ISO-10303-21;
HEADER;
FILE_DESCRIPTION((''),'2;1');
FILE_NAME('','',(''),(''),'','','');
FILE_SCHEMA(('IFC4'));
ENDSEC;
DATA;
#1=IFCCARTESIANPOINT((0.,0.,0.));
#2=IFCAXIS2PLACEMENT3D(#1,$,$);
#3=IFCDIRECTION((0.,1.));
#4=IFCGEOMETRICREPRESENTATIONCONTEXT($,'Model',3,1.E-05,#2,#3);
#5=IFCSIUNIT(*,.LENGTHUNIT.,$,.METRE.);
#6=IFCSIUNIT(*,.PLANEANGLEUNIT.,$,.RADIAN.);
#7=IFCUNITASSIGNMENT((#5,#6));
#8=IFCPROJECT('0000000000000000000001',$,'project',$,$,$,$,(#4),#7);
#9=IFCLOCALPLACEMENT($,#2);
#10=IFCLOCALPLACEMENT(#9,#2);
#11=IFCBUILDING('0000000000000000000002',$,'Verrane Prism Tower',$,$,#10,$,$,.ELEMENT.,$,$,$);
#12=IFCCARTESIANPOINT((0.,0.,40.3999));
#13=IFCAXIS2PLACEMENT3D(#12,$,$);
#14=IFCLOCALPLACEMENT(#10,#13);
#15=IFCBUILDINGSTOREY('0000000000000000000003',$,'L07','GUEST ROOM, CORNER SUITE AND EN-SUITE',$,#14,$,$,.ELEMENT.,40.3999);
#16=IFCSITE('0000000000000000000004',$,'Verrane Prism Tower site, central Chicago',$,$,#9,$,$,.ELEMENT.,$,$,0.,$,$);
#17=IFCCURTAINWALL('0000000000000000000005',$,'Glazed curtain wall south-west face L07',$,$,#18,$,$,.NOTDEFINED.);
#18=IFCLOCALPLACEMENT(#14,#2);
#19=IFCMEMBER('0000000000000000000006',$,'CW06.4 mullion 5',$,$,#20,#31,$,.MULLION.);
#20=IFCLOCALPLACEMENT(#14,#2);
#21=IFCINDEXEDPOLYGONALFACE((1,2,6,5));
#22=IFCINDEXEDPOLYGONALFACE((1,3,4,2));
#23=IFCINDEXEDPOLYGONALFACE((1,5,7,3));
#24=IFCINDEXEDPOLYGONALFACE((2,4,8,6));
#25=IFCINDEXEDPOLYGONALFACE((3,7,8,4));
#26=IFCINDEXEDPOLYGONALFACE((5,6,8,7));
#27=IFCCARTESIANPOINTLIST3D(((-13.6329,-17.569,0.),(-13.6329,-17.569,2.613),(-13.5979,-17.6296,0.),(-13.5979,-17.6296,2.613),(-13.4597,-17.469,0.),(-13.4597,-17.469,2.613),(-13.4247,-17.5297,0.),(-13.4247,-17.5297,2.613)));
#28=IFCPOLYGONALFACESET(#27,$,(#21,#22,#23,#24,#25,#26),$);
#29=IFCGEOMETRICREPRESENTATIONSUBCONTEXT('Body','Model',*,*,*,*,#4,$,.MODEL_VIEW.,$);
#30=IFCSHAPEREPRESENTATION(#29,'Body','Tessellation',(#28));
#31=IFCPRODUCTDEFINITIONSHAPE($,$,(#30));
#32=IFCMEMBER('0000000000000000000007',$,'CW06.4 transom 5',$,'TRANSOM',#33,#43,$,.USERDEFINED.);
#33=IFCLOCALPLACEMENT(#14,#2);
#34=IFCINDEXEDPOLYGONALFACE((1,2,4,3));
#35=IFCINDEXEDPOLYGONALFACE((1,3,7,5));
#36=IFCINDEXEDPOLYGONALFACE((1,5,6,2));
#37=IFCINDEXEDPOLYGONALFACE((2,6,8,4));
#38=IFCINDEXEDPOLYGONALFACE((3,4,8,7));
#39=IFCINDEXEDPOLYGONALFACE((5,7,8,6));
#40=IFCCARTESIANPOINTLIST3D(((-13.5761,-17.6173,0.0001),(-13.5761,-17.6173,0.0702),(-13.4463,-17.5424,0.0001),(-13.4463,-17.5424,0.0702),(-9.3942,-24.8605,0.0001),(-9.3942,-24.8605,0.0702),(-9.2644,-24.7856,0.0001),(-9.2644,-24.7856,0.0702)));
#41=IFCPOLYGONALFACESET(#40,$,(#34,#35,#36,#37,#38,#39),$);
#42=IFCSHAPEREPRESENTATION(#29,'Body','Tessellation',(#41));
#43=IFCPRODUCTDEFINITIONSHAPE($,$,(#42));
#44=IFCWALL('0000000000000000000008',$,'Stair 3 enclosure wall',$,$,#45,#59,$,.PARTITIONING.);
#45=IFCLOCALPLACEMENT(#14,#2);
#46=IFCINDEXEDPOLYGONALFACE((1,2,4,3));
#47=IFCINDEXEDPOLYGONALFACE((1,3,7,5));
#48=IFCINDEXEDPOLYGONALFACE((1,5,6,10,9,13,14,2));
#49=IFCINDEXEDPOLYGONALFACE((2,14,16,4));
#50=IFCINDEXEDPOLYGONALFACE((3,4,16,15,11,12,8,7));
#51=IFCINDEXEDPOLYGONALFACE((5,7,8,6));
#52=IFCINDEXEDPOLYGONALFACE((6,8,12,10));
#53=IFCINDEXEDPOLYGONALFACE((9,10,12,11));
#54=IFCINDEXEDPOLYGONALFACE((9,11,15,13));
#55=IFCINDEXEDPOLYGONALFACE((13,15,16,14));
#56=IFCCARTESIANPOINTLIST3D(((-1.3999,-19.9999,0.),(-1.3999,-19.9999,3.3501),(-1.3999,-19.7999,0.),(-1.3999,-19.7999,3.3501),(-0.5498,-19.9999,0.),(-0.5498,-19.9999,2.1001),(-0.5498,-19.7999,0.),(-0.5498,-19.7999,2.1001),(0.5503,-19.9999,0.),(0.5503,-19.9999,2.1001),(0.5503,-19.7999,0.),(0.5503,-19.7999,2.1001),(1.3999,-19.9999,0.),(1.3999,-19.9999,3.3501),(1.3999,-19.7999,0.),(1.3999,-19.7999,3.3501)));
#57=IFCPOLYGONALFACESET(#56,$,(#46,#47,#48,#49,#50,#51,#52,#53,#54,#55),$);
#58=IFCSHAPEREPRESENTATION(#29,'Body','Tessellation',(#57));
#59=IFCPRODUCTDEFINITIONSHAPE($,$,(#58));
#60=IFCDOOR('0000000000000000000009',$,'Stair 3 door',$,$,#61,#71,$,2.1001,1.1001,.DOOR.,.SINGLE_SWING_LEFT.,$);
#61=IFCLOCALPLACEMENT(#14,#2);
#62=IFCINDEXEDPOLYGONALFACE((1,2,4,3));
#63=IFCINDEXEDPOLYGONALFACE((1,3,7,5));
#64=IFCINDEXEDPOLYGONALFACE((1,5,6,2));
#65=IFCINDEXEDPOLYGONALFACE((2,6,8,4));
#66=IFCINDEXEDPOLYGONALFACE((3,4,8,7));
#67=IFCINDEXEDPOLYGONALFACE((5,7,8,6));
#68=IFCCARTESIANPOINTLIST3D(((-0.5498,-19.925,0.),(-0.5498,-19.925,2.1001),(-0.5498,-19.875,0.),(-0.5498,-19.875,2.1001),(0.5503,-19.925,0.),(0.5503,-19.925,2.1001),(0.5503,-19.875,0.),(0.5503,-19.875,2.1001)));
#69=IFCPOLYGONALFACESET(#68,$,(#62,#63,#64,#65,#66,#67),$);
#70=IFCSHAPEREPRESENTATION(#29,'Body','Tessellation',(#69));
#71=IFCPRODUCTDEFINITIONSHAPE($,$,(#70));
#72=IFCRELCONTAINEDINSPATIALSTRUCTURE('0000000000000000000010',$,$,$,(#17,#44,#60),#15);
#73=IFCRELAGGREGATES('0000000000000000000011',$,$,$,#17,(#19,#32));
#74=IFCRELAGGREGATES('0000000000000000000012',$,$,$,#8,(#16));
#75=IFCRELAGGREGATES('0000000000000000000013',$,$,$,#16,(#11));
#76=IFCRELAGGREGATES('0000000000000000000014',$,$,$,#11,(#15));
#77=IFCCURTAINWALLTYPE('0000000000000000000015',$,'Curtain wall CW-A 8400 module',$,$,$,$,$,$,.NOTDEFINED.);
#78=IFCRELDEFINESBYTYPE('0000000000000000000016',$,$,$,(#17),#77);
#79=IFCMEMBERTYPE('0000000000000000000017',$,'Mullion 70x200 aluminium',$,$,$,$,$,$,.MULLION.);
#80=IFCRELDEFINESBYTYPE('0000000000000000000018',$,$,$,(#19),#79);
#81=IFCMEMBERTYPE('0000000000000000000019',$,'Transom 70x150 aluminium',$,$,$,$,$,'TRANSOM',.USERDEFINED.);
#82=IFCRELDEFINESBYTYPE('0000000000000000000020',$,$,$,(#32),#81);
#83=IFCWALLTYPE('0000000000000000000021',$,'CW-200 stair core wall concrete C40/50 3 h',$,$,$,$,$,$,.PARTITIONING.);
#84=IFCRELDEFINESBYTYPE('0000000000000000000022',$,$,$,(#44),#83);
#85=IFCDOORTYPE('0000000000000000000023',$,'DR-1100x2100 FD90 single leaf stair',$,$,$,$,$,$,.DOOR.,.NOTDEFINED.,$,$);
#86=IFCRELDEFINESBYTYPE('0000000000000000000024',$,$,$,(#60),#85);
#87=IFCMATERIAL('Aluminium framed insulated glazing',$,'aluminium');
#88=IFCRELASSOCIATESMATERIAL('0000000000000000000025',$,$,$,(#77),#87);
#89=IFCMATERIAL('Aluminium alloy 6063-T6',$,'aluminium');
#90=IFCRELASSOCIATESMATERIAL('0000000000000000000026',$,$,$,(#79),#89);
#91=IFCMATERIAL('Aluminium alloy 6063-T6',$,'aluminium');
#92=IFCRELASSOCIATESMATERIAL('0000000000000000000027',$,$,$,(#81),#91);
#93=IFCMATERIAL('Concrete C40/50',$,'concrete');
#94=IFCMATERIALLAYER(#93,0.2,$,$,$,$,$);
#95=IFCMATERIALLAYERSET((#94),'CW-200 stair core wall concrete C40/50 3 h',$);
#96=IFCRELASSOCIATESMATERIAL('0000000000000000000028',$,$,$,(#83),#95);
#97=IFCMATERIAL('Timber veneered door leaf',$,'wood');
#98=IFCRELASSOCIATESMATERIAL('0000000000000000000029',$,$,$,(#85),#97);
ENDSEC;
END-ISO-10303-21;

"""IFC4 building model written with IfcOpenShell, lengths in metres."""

from ifc_helpers import new_model, si_unit, direction, frame, frame_2d, origin, origin_2d, place, context, subcontext, project, spatial, rectangle, extrude, material, layer, layer_set, material_profile, profile_set, type_object, element, fill, aggregate, save


model = new_model("IFC4")

# Units and contexts
model_context = context("Model", 3, precision=1e-05, world=origin(), true_north=direction((0.0, 1.0)))
body_context = subcontext(model_context, "Body", "Model", "MODEL_VIEW")
ifc_project = project(units=[si_unit("LENGTHUNIT", "METRE"), si_unit("PLANEANGLEUNIT", "RADIAN")], contexts=[model_context])

# Site, building, storey
site_placement = place(None, origin())
site = spatial("IfcSite", under=ifc_project, at=site_placement, Name="Verrane Prism Tower site, central Chicago", CompositionType="ELEMENT", RefElevation=0.0)
building_placement = place(site_placement, origin())
building = spatial("IfcBuilding", under=site, at=building_placement, Name="Verrane Prism Tower", CompositionType="ELEMENT")
storey_placement = place(building_placement, frame((0.0, 0.0, 40.3999)))
storey = spatial("IfcBuildingStorey", under=building, at=storey_placement, Name="L07", Description="GUEST ROOM, CORNER SUITE AND EN-SUITE", CompositionType="ELEMENT", Elevation=40.3999)

# Curtain wall, members
ifc_material_1 = material(Name="Aluminium framed insulated glazing", Category="aluminium")
curtain_wall_type = type_object("IfcCurtainWallType", Name="Curtain wall CW-A 8400 module", PredefinedType="NOTDEFINED", material=ifc_material_1)
curtain_wall_placement = place(storey_placement, origin())
curtain_wall = element("IfcCurtainWall", 1, at=curtain_wall_placement, inside=storey, type_object=curtain_wall_type, Name="Glazed curtain wall south-west face L07", PredefinedType="NOTDEFINED")
ifc_material_2 = material(Name="Aluminium alloy 6063-T6", Category="aluminium")
ifc_material_profile_1 = material_profile(ifc_material_2, rectangle(XDim=0.2, YDim=0.0701, at=origin_2d()), Name="Mullion 70x200 aluminium")
ifc_profile_set_1 = profile_set([ifc_material_profile_1], Name="Aluminium alloy 6063-T6")
member_type_1 = type_object("IfcMemberType", Name="Mullion 70x200 aluminium", PredefinedType="MULLION", material=ifc_profile_set_1)
member_1_placement = place(storey_placement, frame((-13.5288, -17.5493, 0.0), z_axis=(0.0, 0.0, 1.0), x_axis=(0.866025, 0.5, 0.0)))
member_1 = element("IfcMember", 2, at=member_1_placement, type_object=member_type_1, Name="CW06.4 mullion 5", PredefinedType="MULLION", context=body_context, shape_type="SweptSolid", body=[
    extrude(rectangle(XDim=0.2, YDim=0.0701, at=origin_2d()), origin(), (0.0, 0.0, 1.0), 2.613),
])
ifc_material_3 = material(Name="Aluminium alloy 6063-T6", Category="aluminium")
ifc_material_profile_2 = material_profile(ifc_material_3, rectangle(XDim=0.1499, YDim=0.0701, at=origin_2d()), Name="Transom 70x150 aluminium")
ifc_profile_set_2 = profile_set([ifc_material_profile_2], Name="Aluminium alloy 6063-T6")
member_type_2 = type_object("IfcMemberType", Name="Transom 70x150 aluminium", ElementType="TRANSOM", PredefinedType="USERDEFINED", material=ifc_profile_set_2)
member_2_placement = place(storey_placement, frame((-13.5112, -17.5798, 0.0352), z_axis=(0.500004, -0.866023, 0.0), x_axis=(0.866023, 0.500004, 0.0)))
member_2 = element("IfcMember", 3, at=member_2_placement, type_object=member_type_2, Name="CW06.4 transom 5", ObjectType="TRANSOM", PredefinedType="USERDEFINED", context=body_context, shape_type="SweptSolid", body=[
    extrude(rectangle(XDim=0.1499, YDim=0.0701, at=origin_2d()), origin(), (0.0, 0.0, 1.0), 8.3638),
])
aggregate(curtain_wall, [member_1, member_2])

# Wall, opening, door
ifc_material_4 = material(Name="Concrete C40/50", Category="concrete")
ifc_layer_1 = layer(ifc_material_4, 0.2)
ifc_layer_set_1 = layer_set([ifc_layer_1], Name="CW-200 stair core wall concrete C40/50 3 h")
wall_type_1 = type_object("IfcWallType", Name="CW-200 stair core wall concrete C40/50 3 h", PredefinedType="PARTITIONING", material=ifc_layer_set_1)
wall_1_placement = place(storey_placement, frame((-1.3999, -19.8999, 0.0), z_axis=(0.0, 0.0, 1.0), x_axis=(1.0, 0.0, 0.0)))
wall_1 = element("IfcWall", 4, at=wall_1_placement, inside=storey, type_object=wall_type_1, Name="Stair 3 enclosure wall", PredefinedType="PARTITIONING", context=body_context, shape_type="SweptSolid", body=[
    extrude(rectangle(XDim=2.7998, YDim=0.2, at=frame_2d((1.3999, 0.0))), origin(), (0.0, 0.0, 1.0), 3.3501),
])
opening_1_placement = place(wall_1_placement, frame((0.8501, 0.0, 0.0)))
opening_1 = element("IfcOpeningElement", 5, at=opening_1_placement, cuts=wall_1, PredefinedType="OPENING", context=body_context, shape_type="SweptSolid", body=[
    extrude(rectangle(XDim=1.1001, YDim=2.1001, at=frame_2d((0.55, 1.05))), frame((0.0, 0.1099, 0.0), z_axis=(0.0, -1.0, 0.0), x_axis=(1.0, 0.0, 0.0)), (0.0, 0.0, 1.0), 0.22),
])
ifc_material_5 = material(Name="Timber veneered door leaf", Category="wood")
door_type_1 = type_object("IfcDoorType", Name="DR-1100x2100 FD90 single leaf stair", OperationType="NOTDEFINED", PredefinedType="DOOR", material=ifc_material_5)
door_1_placement = place(opening_1_placement, origin())
door_1 = element("IfcDoor", 6, at=door_1_placement, inside=storey, type_object=door_type_1, Name="Stair 3 door", OperationType="SINGLE_SWING_LEFT", OverallHeight=2.1001, OverallWidth=1.1001, PredefinedType="DOOR", context=body_context, shape_type="SweptSolid", body=[
    extrude(rectangle(XDim=1.1001, YDim=2.1001, at=frame_2d((0.55, 1.05))), frame((0.0, 0.0249, 0.0), z_axis=(0.0, -1.0, 0.0), x_axis=(1.0, 0.0, 0.0)), (0.0, 0.0, 1.0), 0.05),
])
fill(opening_1, door_1)

save(model, "model.ifc")
